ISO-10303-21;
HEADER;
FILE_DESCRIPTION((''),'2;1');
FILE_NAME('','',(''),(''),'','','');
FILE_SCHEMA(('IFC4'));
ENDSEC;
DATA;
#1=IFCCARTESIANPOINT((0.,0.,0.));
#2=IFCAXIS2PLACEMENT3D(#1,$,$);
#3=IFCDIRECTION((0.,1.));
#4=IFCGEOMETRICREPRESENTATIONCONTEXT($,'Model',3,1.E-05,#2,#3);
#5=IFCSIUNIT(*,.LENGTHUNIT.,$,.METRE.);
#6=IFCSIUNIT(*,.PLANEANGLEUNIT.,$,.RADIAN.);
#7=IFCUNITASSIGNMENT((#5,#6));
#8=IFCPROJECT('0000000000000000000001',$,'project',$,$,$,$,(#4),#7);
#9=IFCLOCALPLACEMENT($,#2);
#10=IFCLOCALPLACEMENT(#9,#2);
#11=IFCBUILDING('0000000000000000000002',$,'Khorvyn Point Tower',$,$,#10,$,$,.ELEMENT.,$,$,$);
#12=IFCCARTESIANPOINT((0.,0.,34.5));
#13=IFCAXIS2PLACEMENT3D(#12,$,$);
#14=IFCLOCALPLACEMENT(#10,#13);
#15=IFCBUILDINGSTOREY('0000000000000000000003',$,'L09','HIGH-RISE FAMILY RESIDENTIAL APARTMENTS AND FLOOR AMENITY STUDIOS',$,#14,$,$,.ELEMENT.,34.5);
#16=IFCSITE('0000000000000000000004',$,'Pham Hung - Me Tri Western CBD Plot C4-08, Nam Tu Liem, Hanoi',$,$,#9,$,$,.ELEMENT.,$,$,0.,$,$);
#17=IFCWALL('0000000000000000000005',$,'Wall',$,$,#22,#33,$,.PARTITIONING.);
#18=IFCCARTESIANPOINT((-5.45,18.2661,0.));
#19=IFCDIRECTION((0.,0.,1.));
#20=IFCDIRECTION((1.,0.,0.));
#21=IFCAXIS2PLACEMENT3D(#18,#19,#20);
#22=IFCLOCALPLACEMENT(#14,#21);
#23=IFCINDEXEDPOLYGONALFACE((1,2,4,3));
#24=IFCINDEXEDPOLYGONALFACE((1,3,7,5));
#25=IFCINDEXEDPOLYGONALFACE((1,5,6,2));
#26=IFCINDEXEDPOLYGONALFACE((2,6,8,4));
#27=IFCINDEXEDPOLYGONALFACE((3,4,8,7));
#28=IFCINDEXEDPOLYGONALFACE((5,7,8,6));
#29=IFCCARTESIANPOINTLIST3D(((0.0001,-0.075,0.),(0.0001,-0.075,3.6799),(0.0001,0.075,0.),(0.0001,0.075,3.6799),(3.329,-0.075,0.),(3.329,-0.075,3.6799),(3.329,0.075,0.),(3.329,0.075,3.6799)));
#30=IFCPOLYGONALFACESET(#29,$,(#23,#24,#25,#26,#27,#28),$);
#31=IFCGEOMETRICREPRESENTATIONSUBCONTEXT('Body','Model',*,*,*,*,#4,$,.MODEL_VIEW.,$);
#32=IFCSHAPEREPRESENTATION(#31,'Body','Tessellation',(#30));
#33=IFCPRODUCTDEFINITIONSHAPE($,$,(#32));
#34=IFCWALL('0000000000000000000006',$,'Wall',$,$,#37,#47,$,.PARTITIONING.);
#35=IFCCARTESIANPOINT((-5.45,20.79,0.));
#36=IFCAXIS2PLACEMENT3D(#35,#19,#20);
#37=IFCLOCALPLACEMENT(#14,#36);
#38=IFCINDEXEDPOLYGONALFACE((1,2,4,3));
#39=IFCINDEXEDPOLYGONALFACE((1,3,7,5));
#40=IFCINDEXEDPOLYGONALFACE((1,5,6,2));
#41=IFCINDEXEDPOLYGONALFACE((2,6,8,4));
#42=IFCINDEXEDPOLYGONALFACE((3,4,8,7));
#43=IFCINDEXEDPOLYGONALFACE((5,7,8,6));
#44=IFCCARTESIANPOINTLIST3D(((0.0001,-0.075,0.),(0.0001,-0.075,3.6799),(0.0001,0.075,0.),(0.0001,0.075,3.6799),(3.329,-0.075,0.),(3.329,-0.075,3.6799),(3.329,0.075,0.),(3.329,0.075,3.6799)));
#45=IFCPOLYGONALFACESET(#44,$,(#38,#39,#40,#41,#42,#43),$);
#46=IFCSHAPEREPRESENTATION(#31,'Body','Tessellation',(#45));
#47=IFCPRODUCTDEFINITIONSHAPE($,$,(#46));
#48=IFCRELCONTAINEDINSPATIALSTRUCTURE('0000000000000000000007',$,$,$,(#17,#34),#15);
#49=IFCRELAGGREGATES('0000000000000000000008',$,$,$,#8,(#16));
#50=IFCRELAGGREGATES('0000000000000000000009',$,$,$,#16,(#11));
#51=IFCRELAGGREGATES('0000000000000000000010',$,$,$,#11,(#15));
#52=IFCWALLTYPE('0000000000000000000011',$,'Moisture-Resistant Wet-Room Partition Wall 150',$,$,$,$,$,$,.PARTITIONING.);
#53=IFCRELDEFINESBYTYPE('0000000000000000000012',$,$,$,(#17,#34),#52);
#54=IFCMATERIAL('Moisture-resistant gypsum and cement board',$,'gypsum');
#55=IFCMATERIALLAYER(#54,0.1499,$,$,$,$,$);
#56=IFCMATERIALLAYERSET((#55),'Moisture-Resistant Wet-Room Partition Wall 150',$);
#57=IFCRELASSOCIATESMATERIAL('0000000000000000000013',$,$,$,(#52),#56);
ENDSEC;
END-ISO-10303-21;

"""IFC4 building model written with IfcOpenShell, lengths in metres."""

from ifc_helpers import new_model, si_unit, direction, frame, frame_2d, origin, place, context, subcontext, project, spatial, rectangle, extrude, material, layer, layer_set, type_object, element, save


model = new_model("IFC4")

# Units and contexts
model_context = context("Model", 3, precision=1e-05, world=origin(), true_north=direction((0.0, 1.0)))
body_context = subcontext(model_context, "Body", "Model", "MODEL_VIEW")
ifc_project = project(units=[si_unit("LENGTHUNIT", "METRE"), si_unit("PLANEANGLEUNIT", "RADIAN")], contexts=[model_context])

# Site, building, storey
site_placement = place(None, origin())
site = spatial("IfcSite", under=ifc_project, at=site_placement, Name="Pham Hung - Me Tri Western CBD Plot C4-08, Nam Tu Liem, Hanoi", CompositionType="ELEMENT", RefElevation=0.0)
building_placement = place(site_placement, origin())
building = spatial("IfcBuilding", under=site, at=building_placement, Name="Khorvyn Point Tower", CompositionType="ELEMENT")
storey_placement = place(building_placement, frame((0.0, 0.0, 34.5)))
storey = spatial("IfcBuildingStorey", under=building, at=storey_placement, Name="L09", Description="HIGH-RISE FAMILY RESIDENTIAL APARTMENTS AND FLOOR AMENITY STUDIOS", CompositionType="ELEMENT", Elevation=34.5)

# Shared definitions
ifc_material_1 = material(Name="Moisture-resistant gypsum and cement board", Category="gypsum")
ifc_layer_1 = layer(ifc_material_1, 0.1499)
ifc_layer_set_1 = layer_set([ifc_layer_1], Name="Moisture-Resistant Wet-Room Partition Wall 150")
wall_type_1 = type_object("IfcWallType", Name="Moisture-Resistant Wet-Room Partition Wall 150", PredefinedType="PARTITIONING", material=ifc_layer_set_1)

# Walls
for number, where, z_axis, x_axis, name in (
    (1, (-5.45, 18.2661, 0.0), (0.0, 0.0, 1.0), (1.0, 0.0, 0.0), "Wall"),
    (2, (-5.45, 20.79, 0.0), (0.0, 0.0, 1.0), (1.0, 0.0, 0.0), "Wall"),
):
    element("IfcWall", number, at=place(storey_placement, frame(where, z_axis=z_axis, x_axis=x_axis)), inside=storey, type_object=wall_type_1, Name=name, PredefinedType="PARTITIONING", context=body_context, shape_type="SweptSolid", body=[
        extrude(rectangle(XDim=3.3289, YDim=0.1499, at=frame_2d((1.6646, 0.0))), origin(), (0.0, 0.0, 1.0), 3.6799),
    ])

save(model, "model.ifc")
